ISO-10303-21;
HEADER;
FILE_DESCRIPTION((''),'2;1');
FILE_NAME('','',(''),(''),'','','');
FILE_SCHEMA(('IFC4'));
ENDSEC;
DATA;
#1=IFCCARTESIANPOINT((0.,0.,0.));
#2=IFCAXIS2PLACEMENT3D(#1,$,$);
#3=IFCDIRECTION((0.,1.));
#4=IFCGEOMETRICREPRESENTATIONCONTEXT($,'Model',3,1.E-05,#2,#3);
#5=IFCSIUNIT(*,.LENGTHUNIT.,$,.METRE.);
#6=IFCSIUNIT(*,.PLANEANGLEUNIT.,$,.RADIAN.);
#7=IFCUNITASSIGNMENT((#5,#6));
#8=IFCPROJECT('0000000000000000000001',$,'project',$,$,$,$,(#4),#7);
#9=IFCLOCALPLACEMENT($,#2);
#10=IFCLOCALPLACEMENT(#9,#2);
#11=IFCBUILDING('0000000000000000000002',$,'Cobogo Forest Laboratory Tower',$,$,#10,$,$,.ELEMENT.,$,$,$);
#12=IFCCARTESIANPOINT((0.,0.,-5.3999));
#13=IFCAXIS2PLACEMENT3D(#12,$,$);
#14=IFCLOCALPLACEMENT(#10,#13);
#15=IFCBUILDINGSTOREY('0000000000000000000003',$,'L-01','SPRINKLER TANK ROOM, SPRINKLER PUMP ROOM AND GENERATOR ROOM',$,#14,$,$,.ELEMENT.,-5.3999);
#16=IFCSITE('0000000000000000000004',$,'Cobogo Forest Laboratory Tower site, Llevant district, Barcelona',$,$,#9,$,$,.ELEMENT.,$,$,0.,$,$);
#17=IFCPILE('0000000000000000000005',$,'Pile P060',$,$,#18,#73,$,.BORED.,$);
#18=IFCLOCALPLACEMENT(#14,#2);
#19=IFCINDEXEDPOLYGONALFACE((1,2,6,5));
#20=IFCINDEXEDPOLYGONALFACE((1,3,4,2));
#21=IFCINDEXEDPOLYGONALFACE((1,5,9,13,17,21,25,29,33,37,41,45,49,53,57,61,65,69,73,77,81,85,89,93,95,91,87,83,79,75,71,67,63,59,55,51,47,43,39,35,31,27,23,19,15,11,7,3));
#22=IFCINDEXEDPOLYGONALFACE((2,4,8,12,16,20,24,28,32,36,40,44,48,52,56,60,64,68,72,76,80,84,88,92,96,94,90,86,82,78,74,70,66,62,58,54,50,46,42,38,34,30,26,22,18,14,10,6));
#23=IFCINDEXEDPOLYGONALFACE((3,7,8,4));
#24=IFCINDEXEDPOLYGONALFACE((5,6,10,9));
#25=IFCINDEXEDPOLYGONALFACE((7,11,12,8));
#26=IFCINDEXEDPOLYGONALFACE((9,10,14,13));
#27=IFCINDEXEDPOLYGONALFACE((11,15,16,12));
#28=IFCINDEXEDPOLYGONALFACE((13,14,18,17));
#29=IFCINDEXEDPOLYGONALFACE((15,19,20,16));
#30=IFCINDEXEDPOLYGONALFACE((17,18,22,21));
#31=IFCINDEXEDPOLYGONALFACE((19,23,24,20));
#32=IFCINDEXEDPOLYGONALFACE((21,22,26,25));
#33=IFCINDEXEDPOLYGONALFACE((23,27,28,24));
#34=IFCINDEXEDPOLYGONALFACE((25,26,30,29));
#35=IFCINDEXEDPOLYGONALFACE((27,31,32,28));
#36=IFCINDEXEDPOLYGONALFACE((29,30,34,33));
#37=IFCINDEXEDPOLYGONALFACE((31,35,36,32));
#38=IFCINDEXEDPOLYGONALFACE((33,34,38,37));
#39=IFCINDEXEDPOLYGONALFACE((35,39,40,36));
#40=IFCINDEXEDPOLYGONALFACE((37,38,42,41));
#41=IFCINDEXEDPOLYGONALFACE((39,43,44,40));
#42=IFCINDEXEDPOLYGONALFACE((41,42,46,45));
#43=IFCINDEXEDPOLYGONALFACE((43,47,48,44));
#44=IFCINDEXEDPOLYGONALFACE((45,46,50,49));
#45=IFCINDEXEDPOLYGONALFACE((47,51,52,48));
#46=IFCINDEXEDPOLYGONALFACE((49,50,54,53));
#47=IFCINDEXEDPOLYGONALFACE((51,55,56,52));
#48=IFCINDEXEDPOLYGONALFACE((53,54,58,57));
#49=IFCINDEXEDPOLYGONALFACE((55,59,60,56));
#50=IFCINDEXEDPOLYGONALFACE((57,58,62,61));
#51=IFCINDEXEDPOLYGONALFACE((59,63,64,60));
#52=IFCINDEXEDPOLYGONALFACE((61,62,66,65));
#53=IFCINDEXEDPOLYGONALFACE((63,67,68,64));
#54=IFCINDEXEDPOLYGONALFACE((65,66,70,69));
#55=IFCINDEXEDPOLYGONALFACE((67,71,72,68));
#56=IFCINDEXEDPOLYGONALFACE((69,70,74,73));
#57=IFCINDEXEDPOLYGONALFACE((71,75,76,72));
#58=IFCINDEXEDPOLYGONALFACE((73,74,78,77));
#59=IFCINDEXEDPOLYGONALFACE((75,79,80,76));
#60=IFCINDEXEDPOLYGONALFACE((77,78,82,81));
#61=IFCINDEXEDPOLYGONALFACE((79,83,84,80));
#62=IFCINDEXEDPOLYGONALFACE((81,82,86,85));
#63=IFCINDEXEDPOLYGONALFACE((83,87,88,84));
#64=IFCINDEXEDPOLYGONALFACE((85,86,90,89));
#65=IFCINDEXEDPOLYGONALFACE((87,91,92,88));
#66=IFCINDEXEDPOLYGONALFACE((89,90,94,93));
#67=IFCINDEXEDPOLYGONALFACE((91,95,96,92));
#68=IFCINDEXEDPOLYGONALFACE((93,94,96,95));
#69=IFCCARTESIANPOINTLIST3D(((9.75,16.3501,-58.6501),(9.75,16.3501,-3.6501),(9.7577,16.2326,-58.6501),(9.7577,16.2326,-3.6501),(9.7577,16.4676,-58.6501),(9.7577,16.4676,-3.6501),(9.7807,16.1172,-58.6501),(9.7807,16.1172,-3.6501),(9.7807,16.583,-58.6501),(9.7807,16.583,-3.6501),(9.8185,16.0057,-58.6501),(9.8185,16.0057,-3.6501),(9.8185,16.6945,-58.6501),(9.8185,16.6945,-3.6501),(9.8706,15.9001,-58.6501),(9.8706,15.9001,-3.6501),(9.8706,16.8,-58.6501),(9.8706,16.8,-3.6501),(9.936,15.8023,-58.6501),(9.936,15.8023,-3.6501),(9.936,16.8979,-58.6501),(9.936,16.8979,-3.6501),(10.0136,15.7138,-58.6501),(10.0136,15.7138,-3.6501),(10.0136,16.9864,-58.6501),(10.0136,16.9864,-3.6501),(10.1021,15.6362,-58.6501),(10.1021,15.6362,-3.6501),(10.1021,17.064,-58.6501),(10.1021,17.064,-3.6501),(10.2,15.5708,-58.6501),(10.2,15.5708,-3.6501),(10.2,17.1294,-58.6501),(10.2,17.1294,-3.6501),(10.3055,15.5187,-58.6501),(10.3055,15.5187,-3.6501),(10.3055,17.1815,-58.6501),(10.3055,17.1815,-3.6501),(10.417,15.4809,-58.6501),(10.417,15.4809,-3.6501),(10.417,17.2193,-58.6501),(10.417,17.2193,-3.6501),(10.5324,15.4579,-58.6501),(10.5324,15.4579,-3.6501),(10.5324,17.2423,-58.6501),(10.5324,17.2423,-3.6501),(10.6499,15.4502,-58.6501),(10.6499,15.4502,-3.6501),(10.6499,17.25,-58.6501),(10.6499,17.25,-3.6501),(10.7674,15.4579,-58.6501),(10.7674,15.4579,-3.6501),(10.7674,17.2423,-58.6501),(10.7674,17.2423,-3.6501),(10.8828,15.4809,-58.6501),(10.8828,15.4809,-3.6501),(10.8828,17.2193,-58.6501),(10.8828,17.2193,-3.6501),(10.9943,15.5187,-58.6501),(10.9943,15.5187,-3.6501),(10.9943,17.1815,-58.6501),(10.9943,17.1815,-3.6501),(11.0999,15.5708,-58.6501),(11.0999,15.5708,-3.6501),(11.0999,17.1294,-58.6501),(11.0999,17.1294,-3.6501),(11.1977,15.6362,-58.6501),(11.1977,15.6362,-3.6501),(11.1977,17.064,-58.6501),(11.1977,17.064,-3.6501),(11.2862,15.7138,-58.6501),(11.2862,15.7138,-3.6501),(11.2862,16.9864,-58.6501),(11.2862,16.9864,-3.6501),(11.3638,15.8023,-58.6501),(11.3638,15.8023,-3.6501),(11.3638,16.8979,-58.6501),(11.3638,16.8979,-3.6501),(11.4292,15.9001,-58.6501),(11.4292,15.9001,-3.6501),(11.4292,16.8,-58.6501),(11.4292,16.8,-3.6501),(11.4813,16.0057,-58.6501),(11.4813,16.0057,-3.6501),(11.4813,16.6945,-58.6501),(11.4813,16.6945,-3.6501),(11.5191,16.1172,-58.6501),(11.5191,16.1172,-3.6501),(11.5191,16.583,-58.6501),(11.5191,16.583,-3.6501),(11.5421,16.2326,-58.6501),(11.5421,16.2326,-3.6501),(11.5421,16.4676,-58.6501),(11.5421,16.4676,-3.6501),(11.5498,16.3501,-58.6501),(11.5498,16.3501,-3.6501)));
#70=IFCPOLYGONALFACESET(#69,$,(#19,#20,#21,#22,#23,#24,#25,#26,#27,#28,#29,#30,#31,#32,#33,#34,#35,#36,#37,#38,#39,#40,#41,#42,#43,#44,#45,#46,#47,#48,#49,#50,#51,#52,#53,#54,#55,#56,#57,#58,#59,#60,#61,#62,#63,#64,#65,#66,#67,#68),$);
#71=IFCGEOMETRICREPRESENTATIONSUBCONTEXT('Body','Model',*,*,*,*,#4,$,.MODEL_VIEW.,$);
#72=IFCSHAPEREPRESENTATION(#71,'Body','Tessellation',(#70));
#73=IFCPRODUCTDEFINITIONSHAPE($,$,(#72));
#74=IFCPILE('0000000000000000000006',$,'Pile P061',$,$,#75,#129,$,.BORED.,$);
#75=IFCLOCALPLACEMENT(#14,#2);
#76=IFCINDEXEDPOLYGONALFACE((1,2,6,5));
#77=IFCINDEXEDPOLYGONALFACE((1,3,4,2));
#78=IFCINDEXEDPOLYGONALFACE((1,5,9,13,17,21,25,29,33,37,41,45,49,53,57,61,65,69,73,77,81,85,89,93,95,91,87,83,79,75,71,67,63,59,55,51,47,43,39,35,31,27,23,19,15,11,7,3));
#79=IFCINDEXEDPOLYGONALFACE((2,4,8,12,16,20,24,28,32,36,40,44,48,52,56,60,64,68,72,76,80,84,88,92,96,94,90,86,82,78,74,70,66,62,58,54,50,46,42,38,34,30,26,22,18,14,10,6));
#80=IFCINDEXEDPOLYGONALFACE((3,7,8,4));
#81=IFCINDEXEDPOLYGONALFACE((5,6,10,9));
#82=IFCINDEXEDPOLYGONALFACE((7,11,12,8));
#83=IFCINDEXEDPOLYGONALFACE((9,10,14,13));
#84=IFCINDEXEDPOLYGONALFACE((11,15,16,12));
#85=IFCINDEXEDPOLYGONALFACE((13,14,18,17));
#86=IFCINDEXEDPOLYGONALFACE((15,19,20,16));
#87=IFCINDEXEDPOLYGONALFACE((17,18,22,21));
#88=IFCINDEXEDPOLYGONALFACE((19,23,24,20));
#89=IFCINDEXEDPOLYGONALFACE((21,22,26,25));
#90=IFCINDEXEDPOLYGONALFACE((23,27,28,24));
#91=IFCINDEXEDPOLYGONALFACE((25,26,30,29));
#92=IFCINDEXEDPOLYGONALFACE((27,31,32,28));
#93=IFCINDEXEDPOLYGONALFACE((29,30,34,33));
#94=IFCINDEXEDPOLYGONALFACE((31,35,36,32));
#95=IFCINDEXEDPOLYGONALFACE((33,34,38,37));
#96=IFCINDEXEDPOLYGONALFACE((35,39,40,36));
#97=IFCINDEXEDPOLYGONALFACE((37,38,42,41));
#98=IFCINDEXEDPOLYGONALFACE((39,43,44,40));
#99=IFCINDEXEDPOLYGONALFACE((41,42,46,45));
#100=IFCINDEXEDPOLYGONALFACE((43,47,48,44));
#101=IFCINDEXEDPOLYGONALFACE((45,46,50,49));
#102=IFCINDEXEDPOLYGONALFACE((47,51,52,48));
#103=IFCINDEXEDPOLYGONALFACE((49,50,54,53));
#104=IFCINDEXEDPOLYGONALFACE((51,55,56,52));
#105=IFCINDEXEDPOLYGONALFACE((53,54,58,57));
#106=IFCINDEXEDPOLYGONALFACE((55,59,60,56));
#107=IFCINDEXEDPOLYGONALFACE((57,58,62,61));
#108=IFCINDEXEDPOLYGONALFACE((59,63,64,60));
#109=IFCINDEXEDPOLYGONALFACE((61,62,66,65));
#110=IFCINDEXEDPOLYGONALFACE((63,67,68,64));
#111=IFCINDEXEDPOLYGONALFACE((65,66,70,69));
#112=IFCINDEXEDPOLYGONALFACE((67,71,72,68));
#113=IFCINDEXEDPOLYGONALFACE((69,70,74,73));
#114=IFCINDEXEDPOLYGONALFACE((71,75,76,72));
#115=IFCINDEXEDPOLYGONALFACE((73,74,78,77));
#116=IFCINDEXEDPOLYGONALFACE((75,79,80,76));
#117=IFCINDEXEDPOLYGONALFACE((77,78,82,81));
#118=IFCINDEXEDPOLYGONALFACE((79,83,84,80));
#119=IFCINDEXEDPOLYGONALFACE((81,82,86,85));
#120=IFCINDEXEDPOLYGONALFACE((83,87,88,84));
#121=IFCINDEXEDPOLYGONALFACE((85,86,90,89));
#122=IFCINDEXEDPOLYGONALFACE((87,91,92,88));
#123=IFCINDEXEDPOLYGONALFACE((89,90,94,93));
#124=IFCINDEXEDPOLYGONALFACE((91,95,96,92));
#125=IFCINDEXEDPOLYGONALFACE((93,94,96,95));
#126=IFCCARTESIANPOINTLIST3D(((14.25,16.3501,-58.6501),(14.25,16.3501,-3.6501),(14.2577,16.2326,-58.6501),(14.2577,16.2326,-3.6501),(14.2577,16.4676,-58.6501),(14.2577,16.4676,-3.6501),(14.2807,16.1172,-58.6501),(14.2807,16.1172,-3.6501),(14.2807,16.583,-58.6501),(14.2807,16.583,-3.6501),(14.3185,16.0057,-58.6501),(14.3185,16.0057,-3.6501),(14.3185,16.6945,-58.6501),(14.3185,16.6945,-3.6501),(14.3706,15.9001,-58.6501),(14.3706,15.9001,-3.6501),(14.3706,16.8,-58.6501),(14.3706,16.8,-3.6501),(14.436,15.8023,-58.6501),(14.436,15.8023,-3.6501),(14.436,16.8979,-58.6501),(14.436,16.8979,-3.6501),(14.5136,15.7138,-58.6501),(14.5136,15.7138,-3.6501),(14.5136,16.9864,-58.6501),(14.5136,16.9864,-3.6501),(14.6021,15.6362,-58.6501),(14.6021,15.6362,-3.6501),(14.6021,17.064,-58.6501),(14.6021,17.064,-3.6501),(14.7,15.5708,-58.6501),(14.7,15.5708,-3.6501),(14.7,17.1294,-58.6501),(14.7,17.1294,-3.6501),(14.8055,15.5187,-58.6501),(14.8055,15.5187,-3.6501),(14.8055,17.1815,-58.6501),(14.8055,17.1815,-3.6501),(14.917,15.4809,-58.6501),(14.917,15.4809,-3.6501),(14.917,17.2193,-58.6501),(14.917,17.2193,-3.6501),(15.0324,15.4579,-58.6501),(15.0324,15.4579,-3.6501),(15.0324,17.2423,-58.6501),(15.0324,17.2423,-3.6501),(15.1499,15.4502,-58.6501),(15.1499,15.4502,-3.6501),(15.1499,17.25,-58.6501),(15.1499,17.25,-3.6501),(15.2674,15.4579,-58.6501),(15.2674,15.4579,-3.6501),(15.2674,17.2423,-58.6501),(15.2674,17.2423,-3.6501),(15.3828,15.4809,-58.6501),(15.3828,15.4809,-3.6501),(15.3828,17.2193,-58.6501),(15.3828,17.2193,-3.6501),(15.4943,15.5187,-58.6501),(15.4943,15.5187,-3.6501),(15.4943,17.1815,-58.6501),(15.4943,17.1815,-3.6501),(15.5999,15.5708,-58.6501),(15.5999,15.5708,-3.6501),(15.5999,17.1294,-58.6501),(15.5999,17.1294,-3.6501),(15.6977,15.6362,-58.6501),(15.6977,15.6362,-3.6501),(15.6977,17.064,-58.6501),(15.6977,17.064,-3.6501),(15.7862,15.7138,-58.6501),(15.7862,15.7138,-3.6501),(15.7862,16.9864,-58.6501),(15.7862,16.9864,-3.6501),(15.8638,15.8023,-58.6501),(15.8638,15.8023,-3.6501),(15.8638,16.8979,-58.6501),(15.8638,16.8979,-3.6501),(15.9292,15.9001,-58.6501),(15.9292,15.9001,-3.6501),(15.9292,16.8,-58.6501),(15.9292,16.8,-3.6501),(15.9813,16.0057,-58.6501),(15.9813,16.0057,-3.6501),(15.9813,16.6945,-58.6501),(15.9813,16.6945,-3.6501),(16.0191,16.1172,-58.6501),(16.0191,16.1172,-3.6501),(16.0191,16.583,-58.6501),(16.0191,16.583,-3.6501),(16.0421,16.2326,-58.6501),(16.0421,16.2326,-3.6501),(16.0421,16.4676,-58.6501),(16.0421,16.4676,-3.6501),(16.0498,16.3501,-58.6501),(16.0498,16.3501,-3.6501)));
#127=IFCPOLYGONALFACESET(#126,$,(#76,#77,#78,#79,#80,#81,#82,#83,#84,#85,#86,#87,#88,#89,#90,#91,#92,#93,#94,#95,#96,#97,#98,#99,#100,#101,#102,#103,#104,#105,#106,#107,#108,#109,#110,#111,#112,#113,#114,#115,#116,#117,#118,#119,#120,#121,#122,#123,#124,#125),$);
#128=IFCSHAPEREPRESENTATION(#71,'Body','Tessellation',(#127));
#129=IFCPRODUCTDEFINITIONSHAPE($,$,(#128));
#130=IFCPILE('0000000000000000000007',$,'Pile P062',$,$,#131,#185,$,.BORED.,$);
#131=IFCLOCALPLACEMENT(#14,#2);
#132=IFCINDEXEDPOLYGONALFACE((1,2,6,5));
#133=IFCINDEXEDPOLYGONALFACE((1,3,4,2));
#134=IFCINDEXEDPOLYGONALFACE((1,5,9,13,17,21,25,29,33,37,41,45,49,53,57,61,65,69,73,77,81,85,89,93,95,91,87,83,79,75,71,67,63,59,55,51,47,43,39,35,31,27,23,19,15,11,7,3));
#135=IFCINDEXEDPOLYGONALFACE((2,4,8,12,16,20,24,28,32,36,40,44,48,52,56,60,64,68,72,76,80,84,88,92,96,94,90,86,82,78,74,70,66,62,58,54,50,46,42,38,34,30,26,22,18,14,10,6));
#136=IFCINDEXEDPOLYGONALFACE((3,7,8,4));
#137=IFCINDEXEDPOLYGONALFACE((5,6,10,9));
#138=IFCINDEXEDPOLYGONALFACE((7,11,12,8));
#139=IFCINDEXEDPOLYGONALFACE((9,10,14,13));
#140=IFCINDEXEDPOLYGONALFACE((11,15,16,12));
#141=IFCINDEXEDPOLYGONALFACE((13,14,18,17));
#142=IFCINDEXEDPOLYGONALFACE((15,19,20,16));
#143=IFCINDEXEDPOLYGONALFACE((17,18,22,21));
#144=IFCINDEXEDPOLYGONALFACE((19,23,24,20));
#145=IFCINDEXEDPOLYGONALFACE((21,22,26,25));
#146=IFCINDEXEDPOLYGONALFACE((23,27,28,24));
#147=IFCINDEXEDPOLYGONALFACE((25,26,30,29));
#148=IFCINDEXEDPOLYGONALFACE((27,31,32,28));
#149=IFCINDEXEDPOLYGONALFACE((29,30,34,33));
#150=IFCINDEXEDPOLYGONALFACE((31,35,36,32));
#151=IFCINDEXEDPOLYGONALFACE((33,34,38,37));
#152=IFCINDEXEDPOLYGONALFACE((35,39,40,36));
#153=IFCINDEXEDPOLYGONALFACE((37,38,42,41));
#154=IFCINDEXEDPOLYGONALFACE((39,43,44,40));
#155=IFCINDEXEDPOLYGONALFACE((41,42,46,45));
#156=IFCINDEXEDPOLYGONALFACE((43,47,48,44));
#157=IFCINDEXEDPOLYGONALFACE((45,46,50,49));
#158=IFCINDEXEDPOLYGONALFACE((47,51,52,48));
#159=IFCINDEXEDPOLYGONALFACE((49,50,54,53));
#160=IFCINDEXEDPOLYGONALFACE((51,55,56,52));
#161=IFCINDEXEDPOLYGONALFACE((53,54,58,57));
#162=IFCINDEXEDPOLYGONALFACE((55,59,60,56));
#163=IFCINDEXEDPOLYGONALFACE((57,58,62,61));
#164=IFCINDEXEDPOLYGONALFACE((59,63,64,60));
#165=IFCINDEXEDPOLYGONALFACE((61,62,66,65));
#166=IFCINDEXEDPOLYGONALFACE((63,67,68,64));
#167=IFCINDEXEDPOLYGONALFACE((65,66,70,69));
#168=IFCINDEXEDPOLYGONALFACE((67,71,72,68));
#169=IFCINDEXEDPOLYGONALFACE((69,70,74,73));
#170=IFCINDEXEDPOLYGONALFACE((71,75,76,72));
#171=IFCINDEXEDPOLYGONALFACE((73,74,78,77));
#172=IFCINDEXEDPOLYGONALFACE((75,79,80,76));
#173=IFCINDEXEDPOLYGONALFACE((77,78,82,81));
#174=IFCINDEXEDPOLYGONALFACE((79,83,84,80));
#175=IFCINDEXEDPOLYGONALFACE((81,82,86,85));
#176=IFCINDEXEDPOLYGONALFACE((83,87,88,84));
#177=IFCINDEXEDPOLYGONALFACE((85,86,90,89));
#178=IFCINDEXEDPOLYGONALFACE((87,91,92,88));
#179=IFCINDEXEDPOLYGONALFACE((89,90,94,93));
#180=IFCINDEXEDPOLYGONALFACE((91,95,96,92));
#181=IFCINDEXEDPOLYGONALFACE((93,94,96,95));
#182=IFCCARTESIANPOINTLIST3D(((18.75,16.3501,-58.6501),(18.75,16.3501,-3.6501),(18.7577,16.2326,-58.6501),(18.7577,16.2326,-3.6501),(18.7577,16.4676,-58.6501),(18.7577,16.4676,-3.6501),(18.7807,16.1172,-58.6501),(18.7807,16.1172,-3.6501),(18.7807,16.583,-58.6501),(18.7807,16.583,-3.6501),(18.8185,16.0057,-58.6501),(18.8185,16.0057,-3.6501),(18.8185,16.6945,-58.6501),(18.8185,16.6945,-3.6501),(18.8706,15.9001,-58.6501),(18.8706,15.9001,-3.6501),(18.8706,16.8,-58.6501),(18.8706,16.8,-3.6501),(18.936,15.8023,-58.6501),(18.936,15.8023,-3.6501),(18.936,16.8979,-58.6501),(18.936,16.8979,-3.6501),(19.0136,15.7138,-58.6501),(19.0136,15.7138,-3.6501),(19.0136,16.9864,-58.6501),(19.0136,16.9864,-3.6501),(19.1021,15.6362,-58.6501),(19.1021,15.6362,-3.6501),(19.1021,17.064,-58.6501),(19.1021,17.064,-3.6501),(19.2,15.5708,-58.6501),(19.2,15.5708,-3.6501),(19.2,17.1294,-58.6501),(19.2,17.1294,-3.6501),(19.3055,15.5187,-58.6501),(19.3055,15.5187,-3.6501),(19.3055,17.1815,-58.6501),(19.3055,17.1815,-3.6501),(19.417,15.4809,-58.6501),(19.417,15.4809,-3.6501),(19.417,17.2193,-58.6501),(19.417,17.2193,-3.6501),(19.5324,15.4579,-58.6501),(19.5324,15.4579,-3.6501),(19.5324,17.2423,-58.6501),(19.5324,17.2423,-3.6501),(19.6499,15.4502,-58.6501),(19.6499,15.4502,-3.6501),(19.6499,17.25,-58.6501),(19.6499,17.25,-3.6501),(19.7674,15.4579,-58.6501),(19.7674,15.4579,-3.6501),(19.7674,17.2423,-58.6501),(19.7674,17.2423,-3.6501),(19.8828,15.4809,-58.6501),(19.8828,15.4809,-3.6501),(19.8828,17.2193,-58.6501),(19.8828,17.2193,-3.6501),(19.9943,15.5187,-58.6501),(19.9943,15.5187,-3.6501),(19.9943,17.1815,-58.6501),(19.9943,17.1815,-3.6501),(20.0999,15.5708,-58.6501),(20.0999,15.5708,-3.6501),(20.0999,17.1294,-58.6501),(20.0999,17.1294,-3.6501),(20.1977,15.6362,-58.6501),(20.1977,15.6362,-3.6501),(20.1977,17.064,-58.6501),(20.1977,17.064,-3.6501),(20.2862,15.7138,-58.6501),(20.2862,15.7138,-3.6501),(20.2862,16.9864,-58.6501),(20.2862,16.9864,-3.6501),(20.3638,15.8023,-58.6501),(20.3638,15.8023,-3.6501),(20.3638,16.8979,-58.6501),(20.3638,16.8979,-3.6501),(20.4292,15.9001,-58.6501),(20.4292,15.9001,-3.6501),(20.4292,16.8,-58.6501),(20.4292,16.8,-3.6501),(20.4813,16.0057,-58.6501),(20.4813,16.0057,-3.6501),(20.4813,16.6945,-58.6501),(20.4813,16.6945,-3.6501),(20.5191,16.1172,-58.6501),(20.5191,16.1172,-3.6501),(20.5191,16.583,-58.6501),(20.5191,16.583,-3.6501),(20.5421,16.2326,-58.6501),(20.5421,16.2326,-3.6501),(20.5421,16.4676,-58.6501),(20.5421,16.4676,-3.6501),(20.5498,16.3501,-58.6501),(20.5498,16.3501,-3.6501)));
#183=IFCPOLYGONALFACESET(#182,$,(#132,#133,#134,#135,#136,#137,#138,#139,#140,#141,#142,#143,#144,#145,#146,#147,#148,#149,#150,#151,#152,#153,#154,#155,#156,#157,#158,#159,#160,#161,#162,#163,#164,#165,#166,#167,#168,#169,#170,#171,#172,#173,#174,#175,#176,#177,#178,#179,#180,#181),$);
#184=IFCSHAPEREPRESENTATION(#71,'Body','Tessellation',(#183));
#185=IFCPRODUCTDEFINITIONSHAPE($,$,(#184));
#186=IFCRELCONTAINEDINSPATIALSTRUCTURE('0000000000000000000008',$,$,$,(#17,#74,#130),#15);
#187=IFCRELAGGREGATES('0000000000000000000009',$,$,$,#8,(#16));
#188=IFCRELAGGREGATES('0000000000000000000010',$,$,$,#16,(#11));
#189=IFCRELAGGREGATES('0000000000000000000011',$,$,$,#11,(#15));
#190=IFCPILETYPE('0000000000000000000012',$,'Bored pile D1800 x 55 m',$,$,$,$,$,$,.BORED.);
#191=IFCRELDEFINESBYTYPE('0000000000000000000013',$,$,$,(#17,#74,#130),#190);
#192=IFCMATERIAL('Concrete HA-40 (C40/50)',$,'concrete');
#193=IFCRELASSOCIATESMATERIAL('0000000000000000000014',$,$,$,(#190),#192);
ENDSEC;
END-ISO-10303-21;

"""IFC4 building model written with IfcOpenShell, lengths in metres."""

from ifc_helpers import new_model, si_unit, direction, frame, origin, origin_2d, place, context, subcontext, project, spatial, circle, extrude, material, material_profile, profile_set, type_object, element, save


model = new_model("IFC4")

# Units and contexts
model_context = context("Model", 3, precision=1e-05, world=origin(), true_north=direction((0.0, 1.0)))
body_context = subcontext(model_context, "Body", "Model", "MODEL_VIEW")
ifc_project = project(units=[si_unit("LENGTHUNIT", "METRE"), si_unit("PLANEANGLEUNIT", "RADIAN")], contexts=[model_context])

# Site, building, storey
site_placement = place(None, origin())
site = spatial("IfcSite", under=ifc_project, at=site_placement, Name="Cobogo Forest Laboratory Tower site, Llevant district, Barcelona", CompositionType="ELEMENT", RefElevation=0.0)
building_placement = place(site_placement, origin())
building = spatial("IfcBuilding", under=site, at=building_placement, Name="Cobogo Forest Laboratory Tower", CompositionType="ELEMENT")
storey_placement = place(building_placement, frame((0.0, 0.0, -5.3999)))
storey = spatial("IfcBuildingStorey", under=building, at=storey_placement, Name="L-01", Description="SPRINKLER TANK ROOM, SPRINKLER PUMP ROOM AND GENERATOR ROOM", CompositionType="ELEMENT", Elevation=-5.3999)

# Piles
ifc_material_1 = material(Name="Concrete HA-40 (C40/50)", Category="concrete")
ifc_material_profile_1 = material_profile(ifc_material_1, circle(Radius=0.8999, at=origin_2d()), Name="PILE D1800")
ifc_profile_set_1 = profile_set([ifc_material_profile_1], Name="Concrete HA-40 (C40/50)")
pile_type = type_object("IfcPileType", Name="Bored pile D1800 x 55 m", PredefinedType="BORED", material=ifc_profile_set_1)
for number, where, z_axis, x_axis, name in (
    (1, (10.6499, 16.3501, -3.6501), (0.0, 0.0, -1.0), (1.0, 0.0, 0.0), "Pile P060"),
    (2, (15.1499, 16.3501, -3.6501), (0.0, 0.0, -1.0), (1.0, 0.0, 0.0), "Pile P061"),
    (3, (19.6499, 16.3501, -3.6501), (0.0, 0.0, -1.0), (1.0, 0.0, 0.0), "Pile P062"),
):
    element("IfcPile", number, at=place(storey_placement, frame(where, z_axis=z_axis, x_axis=x_axis)), inside=storey, type_object=pile_type, Name=name, PredefinedType="BORED", context=body_context, shape_type="SweptSolid", body=[
        extrude(circle(Radius=0.8999, at=origin_2d()), origin(), (0.0, 0.0, 1.0), 55.0),
    ])

save(model, "model.ifc")
